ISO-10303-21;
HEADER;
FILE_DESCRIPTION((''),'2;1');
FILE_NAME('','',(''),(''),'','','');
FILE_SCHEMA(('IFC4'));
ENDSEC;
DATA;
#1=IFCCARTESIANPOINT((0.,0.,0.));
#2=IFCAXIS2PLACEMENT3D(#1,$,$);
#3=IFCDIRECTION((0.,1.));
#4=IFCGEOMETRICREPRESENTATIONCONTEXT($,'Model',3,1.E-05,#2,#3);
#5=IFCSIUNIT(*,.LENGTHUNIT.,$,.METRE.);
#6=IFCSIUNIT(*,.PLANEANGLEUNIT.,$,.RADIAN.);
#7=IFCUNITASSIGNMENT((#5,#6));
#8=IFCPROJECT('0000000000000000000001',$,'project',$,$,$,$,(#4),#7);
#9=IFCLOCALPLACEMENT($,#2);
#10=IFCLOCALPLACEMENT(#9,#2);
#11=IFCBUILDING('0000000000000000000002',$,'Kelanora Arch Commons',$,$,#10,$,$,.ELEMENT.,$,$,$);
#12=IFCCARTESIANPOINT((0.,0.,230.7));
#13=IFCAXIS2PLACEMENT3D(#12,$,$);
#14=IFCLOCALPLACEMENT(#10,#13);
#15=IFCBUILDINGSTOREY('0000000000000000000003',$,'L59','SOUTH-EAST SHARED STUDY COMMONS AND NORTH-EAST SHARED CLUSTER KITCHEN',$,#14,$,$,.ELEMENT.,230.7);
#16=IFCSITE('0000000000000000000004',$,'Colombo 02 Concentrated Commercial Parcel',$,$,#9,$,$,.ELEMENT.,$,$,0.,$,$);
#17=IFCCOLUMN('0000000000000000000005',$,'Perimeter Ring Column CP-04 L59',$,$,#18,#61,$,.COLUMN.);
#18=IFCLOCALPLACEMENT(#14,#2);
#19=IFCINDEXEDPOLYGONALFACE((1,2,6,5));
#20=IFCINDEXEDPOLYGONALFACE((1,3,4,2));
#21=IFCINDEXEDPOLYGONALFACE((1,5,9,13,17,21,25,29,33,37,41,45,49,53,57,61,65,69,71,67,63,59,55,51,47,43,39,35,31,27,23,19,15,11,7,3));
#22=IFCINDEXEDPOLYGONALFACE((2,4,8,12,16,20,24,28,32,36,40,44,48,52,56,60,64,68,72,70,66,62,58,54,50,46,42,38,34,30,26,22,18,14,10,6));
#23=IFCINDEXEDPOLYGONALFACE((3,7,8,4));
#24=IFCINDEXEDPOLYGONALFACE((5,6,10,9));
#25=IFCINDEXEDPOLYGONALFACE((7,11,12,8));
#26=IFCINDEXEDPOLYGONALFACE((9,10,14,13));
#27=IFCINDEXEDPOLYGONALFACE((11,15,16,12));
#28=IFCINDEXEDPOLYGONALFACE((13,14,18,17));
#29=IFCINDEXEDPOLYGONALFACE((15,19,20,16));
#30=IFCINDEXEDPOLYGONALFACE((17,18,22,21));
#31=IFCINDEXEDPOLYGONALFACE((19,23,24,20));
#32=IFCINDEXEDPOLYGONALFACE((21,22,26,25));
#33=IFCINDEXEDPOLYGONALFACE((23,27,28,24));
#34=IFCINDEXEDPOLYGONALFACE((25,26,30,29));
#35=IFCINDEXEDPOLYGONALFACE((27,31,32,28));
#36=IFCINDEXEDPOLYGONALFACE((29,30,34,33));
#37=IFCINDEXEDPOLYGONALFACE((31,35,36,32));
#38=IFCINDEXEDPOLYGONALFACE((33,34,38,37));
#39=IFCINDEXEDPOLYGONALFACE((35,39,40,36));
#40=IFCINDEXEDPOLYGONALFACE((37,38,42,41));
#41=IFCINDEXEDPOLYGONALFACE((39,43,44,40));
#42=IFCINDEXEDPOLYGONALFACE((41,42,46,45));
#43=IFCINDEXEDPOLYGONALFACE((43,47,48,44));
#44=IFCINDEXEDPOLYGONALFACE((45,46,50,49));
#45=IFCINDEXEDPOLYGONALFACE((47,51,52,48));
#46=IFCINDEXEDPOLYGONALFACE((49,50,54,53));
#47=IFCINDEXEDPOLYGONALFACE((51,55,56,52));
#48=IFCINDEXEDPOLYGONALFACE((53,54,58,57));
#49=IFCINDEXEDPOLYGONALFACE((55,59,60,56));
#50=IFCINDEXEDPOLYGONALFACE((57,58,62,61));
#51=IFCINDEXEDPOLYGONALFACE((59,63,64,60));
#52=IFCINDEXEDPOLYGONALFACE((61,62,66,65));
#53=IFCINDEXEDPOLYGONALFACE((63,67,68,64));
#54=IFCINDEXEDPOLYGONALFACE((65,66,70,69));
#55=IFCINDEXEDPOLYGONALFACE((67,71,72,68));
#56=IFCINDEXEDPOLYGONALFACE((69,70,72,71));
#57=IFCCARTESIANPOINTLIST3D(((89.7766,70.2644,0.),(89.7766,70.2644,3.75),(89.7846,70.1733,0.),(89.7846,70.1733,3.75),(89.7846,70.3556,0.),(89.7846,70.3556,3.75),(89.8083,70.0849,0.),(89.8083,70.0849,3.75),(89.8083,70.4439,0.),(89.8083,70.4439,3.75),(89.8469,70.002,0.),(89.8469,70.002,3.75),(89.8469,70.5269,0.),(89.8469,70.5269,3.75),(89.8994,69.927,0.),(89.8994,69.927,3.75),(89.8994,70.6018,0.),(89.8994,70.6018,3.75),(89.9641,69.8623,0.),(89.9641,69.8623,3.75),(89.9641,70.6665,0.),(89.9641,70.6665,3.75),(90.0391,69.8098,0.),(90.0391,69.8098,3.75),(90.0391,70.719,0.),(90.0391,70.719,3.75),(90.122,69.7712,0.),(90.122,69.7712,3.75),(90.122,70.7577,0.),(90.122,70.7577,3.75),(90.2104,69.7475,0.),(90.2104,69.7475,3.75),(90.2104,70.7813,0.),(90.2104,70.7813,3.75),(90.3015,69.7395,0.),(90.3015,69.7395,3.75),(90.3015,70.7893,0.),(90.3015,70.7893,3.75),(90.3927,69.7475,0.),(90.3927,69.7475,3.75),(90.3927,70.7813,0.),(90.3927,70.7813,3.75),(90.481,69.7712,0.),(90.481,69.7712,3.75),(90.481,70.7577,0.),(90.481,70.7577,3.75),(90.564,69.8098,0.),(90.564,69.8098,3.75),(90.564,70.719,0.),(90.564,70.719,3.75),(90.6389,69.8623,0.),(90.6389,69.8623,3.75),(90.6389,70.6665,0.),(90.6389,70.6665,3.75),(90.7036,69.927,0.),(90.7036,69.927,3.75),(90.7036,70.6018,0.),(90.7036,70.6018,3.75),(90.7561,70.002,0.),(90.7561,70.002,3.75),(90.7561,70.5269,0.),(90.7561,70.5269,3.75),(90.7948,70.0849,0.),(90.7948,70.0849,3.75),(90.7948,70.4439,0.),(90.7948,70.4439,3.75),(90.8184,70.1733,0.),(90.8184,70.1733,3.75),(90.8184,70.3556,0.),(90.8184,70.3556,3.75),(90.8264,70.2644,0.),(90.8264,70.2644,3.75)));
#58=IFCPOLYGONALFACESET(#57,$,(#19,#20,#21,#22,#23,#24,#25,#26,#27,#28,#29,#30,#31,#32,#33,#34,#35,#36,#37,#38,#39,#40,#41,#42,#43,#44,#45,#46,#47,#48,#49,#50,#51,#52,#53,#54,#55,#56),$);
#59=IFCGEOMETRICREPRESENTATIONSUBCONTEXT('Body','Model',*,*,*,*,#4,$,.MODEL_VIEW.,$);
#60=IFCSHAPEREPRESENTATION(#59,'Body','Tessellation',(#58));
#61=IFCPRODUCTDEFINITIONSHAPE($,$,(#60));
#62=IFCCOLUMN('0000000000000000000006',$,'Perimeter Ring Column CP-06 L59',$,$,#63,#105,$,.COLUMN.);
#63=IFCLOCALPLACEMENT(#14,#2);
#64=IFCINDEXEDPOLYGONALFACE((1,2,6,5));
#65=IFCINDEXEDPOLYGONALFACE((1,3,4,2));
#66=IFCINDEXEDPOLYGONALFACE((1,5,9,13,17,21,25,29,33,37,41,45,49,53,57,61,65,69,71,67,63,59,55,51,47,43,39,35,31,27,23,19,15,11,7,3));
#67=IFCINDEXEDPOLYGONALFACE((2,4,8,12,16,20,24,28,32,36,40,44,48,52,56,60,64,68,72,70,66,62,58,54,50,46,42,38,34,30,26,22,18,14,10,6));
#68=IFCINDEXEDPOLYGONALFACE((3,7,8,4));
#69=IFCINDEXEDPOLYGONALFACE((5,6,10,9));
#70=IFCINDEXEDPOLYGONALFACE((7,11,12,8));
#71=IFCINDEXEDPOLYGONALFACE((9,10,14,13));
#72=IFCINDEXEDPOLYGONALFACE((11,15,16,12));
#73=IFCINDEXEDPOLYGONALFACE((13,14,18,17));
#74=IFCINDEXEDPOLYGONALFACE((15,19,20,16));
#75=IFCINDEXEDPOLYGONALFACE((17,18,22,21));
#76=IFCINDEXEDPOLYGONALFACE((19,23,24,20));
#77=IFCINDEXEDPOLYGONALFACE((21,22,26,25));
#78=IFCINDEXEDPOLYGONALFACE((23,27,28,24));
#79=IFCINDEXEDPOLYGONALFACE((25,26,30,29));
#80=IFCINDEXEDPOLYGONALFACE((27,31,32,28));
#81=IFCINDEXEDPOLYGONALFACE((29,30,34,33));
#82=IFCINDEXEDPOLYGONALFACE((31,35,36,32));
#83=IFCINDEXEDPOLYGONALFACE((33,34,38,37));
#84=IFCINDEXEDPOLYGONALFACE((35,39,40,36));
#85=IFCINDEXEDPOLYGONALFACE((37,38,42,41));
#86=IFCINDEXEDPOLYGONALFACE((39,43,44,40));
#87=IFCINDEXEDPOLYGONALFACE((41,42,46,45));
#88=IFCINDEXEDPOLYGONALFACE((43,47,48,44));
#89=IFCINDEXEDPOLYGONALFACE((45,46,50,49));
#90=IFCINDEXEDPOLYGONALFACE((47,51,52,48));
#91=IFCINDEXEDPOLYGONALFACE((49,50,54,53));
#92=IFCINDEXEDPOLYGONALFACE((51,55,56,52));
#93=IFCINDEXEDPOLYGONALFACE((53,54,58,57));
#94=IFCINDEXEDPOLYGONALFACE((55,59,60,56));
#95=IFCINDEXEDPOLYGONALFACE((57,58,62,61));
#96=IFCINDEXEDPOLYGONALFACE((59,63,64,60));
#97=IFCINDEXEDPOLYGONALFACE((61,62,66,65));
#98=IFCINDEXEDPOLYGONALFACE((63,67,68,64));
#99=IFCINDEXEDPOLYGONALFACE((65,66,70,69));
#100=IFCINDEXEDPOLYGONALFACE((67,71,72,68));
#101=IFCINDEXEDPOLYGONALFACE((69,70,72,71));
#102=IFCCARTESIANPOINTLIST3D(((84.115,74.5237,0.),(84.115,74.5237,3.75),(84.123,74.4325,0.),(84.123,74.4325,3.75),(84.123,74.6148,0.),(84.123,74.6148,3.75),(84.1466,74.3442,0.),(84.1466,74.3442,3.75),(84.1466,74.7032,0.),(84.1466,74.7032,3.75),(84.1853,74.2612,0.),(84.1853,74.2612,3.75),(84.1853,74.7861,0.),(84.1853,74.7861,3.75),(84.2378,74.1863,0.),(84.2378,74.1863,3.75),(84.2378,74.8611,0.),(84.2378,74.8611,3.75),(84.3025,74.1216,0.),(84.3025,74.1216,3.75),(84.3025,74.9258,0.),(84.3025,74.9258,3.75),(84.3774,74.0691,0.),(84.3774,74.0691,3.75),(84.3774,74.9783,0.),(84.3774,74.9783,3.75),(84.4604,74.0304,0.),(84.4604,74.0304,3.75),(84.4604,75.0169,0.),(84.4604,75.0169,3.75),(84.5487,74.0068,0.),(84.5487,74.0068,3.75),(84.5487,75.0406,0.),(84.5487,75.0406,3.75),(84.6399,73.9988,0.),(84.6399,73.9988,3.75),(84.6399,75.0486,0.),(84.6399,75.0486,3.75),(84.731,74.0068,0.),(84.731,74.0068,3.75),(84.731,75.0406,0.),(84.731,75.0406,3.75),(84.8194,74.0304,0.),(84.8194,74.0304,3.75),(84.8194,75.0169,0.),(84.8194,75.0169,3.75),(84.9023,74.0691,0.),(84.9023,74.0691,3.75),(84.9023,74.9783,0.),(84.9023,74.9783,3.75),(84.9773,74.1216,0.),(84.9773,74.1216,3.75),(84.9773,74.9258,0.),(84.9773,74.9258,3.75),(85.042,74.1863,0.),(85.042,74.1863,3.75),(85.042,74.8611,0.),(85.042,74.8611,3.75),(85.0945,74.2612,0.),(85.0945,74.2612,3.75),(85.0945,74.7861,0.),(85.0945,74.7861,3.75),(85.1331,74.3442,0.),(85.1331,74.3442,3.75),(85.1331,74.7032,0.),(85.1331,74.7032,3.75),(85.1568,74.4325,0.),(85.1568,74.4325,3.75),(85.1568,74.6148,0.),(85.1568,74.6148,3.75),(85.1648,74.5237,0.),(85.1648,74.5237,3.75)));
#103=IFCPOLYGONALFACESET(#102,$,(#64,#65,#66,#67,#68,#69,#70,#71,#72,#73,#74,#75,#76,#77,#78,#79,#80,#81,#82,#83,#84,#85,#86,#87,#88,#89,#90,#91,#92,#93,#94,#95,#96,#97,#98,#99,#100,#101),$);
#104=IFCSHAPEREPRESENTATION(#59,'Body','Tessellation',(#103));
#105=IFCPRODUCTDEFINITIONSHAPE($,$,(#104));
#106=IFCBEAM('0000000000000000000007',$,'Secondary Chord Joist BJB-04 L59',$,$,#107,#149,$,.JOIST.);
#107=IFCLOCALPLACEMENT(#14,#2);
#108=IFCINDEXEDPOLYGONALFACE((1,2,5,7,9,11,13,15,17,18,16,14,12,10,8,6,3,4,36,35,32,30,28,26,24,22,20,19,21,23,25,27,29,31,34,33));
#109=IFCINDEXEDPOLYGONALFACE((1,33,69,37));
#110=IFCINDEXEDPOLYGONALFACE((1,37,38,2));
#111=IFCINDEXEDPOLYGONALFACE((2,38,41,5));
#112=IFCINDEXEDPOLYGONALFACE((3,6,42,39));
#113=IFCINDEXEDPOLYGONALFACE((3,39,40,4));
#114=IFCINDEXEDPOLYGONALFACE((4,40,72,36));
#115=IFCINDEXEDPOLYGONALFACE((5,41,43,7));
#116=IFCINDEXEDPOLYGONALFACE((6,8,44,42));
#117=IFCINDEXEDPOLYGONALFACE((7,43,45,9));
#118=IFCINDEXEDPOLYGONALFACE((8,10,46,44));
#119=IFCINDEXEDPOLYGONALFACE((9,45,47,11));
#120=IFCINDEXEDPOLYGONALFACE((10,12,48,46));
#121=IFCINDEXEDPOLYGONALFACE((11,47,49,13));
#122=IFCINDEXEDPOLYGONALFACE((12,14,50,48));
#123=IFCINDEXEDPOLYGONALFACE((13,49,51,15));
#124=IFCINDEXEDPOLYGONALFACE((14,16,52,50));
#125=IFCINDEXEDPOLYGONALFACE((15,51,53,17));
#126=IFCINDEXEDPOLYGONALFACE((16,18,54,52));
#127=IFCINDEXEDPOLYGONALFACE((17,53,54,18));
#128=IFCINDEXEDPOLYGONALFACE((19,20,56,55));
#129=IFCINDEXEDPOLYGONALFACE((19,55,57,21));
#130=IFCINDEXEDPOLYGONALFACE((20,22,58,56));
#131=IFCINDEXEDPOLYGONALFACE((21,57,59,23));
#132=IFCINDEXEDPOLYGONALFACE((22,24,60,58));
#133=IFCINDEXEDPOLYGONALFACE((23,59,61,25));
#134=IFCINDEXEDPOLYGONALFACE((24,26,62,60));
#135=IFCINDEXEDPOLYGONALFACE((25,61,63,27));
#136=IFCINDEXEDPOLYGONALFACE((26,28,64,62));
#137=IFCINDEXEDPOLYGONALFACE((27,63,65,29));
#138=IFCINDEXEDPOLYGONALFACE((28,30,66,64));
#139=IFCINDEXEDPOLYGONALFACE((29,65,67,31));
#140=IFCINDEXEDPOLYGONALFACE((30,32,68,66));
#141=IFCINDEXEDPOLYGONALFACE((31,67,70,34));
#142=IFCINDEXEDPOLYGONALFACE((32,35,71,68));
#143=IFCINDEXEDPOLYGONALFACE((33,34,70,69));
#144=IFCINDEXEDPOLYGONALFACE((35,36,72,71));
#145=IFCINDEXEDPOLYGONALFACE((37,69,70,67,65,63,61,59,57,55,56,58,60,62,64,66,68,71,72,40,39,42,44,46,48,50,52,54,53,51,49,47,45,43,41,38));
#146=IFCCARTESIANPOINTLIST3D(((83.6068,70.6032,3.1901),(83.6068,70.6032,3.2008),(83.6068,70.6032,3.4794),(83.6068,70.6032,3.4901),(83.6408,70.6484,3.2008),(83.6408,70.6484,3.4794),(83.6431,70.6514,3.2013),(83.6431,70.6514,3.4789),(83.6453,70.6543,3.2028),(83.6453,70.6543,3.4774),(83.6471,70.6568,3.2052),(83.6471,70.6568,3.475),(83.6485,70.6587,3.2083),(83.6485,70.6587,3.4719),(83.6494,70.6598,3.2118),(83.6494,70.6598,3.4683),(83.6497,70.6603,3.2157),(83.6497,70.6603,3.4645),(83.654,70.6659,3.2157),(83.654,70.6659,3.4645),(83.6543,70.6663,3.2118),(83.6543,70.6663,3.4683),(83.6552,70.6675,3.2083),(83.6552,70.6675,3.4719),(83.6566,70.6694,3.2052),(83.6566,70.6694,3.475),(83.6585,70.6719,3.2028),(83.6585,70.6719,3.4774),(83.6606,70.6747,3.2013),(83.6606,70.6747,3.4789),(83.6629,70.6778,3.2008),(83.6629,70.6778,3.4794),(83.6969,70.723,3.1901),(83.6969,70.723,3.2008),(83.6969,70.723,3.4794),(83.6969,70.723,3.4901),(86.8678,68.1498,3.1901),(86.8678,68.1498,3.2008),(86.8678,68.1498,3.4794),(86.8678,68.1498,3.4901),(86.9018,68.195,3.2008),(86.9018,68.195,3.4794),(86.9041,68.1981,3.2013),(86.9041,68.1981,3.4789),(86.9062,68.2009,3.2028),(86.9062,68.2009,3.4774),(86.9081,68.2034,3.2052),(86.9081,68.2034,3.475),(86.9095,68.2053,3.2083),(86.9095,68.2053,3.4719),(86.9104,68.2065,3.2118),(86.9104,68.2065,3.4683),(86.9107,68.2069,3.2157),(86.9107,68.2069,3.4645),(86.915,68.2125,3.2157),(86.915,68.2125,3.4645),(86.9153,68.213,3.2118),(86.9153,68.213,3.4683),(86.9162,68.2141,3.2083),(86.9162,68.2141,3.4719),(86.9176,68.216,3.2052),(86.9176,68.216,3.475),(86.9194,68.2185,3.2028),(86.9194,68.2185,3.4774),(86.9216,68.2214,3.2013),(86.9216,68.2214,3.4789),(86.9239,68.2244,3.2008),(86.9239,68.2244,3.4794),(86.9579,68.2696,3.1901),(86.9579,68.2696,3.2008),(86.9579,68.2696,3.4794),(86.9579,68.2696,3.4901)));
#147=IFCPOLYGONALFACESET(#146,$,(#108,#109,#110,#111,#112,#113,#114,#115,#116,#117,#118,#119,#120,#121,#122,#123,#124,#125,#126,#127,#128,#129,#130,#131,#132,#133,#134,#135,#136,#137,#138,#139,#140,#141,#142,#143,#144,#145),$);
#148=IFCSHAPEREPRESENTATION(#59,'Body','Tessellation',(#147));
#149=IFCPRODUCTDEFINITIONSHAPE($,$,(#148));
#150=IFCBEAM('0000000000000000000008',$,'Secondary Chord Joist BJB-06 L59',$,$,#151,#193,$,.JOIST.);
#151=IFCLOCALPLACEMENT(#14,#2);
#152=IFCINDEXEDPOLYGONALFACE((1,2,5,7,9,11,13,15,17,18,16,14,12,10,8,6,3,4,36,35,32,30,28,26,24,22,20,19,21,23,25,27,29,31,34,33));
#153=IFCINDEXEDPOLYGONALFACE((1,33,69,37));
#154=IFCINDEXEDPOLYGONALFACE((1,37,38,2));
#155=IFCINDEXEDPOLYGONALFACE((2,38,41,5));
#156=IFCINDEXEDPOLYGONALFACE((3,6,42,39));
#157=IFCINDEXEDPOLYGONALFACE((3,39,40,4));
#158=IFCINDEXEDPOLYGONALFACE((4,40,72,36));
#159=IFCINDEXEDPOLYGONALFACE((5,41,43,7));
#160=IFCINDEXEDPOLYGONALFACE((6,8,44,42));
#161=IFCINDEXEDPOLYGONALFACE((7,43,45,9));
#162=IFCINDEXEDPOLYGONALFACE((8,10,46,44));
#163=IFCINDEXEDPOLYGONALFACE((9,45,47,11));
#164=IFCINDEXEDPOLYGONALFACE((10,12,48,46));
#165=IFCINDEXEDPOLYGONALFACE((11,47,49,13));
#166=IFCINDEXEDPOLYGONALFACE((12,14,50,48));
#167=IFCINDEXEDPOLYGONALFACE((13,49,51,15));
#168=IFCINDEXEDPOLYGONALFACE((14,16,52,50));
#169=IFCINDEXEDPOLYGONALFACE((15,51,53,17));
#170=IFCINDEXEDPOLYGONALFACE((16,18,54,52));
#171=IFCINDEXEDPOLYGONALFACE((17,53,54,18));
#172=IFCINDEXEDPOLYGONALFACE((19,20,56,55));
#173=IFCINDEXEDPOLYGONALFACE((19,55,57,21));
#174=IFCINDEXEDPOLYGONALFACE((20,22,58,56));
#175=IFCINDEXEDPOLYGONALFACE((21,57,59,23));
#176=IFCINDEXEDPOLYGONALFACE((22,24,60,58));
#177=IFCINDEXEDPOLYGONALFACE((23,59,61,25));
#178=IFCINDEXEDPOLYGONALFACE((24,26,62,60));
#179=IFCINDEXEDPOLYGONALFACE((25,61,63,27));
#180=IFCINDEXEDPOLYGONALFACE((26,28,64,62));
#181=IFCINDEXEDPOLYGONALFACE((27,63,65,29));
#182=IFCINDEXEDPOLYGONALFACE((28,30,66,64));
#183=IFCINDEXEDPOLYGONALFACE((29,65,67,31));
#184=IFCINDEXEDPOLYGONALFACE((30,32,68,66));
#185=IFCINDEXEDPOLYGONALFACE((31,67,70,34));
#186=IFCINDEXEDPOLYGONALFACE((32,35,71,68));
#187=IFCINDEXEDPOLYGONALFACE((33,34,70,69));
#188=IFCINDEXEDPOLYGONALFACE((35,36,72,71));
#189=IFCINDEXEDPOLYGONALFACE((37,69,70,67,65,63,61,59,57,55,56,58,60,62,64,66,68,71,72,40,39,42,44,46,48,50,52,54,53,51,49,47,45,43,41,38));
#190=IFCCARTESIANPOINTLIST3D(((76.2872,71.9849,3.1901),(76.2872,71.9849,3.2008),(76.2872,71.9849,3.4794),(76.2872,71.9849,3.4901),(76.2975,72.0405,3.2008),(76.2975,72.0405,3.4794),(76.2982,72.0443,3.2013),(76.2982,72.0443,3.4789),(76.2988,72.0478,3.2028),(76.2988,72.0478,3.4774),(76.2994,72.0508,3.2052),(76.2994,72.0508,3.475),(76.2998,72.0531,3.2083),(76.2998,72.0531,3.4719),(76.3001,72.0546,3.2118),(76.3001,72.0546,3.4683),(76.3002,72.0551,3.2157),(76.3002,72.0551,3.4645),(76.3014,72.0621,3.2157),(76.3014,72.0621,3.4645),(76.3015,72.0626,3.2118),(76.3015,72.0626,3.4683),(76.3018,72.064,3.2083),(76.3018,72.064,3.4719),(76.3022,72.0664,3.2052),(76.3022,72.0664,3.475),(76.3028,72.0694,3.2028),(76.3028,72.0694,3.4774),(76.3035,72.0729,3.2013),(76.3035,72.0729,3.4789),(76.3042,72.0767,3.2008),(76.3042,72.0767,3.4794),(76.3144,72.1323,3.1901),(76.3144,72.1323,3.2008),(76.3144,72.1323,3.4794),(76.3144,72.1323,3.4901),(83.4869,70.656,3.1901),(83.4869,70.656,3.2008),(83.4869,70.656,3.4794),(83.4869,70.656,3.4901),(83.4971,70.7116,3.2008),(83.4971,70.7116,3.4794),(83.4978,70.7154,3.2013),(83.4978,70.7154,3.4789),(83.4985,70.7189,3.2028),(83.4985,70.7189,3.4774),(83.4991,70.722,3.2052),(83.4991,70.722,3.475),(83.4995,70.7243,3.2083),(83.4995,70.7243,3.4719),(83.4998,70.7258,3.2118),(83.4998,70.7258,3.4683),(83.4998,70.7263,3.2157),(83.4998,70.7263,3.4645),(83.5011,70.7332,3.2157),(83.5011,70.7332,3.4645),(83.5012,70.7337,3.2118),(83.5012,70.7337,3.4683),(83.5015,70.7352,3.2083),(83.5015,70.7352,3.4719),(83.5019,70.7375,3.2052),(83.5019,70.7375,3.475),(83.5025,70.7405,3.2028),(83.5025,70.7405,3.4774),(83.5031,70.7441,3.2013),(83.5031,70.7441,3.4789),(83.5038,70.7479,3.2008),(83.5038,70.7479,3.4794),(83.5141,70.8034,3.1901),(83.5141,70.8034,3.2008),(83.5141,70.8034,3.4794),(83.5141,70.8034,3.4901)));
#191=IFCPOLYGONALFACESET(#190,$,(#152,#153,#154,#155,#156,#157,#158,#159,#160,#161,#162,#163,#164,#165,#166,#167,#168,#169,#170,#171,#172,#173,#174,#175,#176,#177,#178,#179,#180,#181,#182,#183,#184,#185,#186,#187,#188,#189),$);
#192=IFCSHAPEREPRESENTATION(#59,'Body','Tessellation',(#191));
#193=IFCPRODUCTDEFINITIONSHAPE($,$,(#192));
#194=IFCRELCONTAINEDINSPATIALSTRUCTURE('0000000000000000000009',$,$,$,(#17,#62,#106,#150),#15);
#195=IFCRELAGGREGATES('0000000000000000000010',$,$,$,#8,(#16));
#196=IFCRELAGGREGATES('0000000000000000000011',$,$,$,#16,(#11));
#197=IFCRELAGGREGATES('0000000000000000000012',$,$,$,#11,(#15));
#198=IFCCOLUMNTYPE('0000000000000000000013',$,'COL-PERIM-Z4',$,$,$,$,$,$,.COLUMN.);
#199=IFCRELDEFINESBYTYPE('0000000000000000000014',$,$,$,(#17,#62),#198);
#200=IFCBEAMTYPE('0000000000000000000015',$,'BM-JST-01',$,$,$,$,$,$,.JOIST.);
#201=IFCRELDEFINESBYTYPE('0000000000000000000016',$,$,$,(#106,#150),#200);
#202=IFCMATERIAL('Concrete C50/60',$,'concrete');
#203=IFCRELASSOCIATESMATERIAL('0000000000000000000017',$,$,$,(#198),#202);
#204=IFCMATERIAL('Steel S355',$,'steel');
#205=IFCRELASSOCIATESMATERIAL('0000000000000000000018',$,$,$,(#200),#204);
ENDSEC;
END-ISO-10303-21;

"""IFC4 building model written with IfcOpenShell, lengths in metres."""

from ifc_helpers import new_model, si_unit, direction, frame, origin, origin_2d, place, context, subcontext, project, spatial, circle, i_section, extrude, material, material_profile, profile_set, type_object, element, save


model = new_model("IFC4")

# Units and contexts
model_context = context("Model", 3, precision=1e-05, world=origin(), true_north=direction((0.0, 1.0)))
body_context = subcontext(model_context, "Body", "Model", "MODEL_VIEW")
ifc_project = project(units=[si_unit("LENGTHUNIT", "METRE"), si_unit("PLANEANGLEUNIT", "RADIAN")], contexts=[model_context])

# Site, building, storey
site_placement = place(None, origin())
site = spatial("IfcSite", under=ifc_project, at=site_placement, Name="Colombo 02 Concentrated Commercial Parcel", CompositionType="ELEMENT", RefElevation=0.0)
building_placement = place(site_placement, origin())
building = spatial("IfcBuilding", under=site, at=building_placement, Name="Kelanora Arch Commons", CompositionType="ELEMENT")
storey_placement = place(building_placement, frame((0.0, 0.0, 230.7)))
storey = spatial("IfcBuildingStorey", under=building, at=storey_placement, Name="L59", Description="SOUTH-EAST SHARED STUDY COMMONS AND NORTH-EAST SHARED CLUSTER KITCHEN", CompositionType="ELEMENT", Elevation=230.7)

# Columns
ifc_material_1 = material(Name="Concrete C50/60", Category="concrete")
ifc_material_profile_1 = material_profile(ifc_material_1, circle(Radius=0.5249, at=origin_2d()), Name="RCC1050")
ifc_profile_set_1 = profile_set([ifc_material_profile_1], Name="Concrete C50/60")
column_type = type_object("IfcColumnType", Name="COL-PERIM-Z4", PredefinedType="COLUMN", material=ifc_profile_set_1)
for number, where, z_axis, x_axis, name in (
    (1, (90.3015, 70.2644, 0.0), (0.0, 0.0, 1.0), (1.0, 0.0, 0.0), "Perimeter Ring Column CP-04 L59"),
    (2, (84.6399, 74.5237, 0.0), (0.0, 0.0, 1.0), (1.0, 0.0, 0.0), "Perimeter Ring Column CP-06 L59"),
):
    element("IfcColumn", number, at=place(storey_placement, frame(where, z_axis=z_axis, x_axis=x_axis)), inside=storey, type_object=column_type, Name=name, PredefinedType="COLUMN", context=body_context, shape_type="SweptSolid", body=[
        extrude(circle(Radius=0.5249, at=origin_2d()), origin(), (0.0, 0.0, 1.0), 3.75),
    ])

# Beams
ifc_material_2 = material(Name="Steel S355", Category="steel")
ifc_material_profile_2 = material_profile(ifc_material_2, i_section(OverallWidth=0.1499, OverallDepth=0.3, WebThickness=0.0071, FlangeThickness=0.0107, FilletRadius=0.0149, at=origin_2d()), Name="IPE300")
ifc_profile_set_2 = profile_set([ifc_material_profile_2], Name="Steel S355")
beam_type_1 = type_object("IfcBeamType", Name="BM-JST-01", PredefinedType="JOIST", material=ifc_profile_set_2)
beam_1_placement = place(storey_placement, frame((86.9128, 68.2097, 3.3401), z_axis=(-0.799102, 0.601196, 0.0), x_axis=(-0.601196, -0.799102, 0.0)))
element("IfcBeam", 3, at=beam_1_placement, inside=storey, type_object=beam_type_1, Name="Secondary Chord Joist BJB-04 L59", PredefinedType="JOIST", context=body_context, shape_type="SweptSolid", body=[
    extrude(i_section(OverallWidth=0.1499, OverallDepth=0.3, WebThickness=0.0071, FlangeThickness=0.0107, FilletRadius=0.0149, at=origin_2d()), origin(), (0.0, 0.0, 1.0), 4.0808),
])
beam_2_placement = place(storey_placement, frame((83.5005, 70.7297, 3.3401), z_axis=(-0.98339, 0.181505, 0.0), x_axis=(-0.181505, -0.98339, 0.0)))
element("IfcBeam", 4, at=beam_2_placement, inside=storey, type_object=beam_type_1, Name="Secondary Chord Joist BJB-06 L59", PredefinedType="JOIST", context=body_context, shape_type="SweptSolid", body=[
    extrude(i_section(OverallWidth=0.1499, OverallDepth=0.3, WebThickness=0.0071, FlangeThickness=0.0107, FilletRadius=0.0149, at=origin_2d()), origin(), (0.0, 0.0, 1.0), 7.3213),
])

save(model, "model.ifc")
